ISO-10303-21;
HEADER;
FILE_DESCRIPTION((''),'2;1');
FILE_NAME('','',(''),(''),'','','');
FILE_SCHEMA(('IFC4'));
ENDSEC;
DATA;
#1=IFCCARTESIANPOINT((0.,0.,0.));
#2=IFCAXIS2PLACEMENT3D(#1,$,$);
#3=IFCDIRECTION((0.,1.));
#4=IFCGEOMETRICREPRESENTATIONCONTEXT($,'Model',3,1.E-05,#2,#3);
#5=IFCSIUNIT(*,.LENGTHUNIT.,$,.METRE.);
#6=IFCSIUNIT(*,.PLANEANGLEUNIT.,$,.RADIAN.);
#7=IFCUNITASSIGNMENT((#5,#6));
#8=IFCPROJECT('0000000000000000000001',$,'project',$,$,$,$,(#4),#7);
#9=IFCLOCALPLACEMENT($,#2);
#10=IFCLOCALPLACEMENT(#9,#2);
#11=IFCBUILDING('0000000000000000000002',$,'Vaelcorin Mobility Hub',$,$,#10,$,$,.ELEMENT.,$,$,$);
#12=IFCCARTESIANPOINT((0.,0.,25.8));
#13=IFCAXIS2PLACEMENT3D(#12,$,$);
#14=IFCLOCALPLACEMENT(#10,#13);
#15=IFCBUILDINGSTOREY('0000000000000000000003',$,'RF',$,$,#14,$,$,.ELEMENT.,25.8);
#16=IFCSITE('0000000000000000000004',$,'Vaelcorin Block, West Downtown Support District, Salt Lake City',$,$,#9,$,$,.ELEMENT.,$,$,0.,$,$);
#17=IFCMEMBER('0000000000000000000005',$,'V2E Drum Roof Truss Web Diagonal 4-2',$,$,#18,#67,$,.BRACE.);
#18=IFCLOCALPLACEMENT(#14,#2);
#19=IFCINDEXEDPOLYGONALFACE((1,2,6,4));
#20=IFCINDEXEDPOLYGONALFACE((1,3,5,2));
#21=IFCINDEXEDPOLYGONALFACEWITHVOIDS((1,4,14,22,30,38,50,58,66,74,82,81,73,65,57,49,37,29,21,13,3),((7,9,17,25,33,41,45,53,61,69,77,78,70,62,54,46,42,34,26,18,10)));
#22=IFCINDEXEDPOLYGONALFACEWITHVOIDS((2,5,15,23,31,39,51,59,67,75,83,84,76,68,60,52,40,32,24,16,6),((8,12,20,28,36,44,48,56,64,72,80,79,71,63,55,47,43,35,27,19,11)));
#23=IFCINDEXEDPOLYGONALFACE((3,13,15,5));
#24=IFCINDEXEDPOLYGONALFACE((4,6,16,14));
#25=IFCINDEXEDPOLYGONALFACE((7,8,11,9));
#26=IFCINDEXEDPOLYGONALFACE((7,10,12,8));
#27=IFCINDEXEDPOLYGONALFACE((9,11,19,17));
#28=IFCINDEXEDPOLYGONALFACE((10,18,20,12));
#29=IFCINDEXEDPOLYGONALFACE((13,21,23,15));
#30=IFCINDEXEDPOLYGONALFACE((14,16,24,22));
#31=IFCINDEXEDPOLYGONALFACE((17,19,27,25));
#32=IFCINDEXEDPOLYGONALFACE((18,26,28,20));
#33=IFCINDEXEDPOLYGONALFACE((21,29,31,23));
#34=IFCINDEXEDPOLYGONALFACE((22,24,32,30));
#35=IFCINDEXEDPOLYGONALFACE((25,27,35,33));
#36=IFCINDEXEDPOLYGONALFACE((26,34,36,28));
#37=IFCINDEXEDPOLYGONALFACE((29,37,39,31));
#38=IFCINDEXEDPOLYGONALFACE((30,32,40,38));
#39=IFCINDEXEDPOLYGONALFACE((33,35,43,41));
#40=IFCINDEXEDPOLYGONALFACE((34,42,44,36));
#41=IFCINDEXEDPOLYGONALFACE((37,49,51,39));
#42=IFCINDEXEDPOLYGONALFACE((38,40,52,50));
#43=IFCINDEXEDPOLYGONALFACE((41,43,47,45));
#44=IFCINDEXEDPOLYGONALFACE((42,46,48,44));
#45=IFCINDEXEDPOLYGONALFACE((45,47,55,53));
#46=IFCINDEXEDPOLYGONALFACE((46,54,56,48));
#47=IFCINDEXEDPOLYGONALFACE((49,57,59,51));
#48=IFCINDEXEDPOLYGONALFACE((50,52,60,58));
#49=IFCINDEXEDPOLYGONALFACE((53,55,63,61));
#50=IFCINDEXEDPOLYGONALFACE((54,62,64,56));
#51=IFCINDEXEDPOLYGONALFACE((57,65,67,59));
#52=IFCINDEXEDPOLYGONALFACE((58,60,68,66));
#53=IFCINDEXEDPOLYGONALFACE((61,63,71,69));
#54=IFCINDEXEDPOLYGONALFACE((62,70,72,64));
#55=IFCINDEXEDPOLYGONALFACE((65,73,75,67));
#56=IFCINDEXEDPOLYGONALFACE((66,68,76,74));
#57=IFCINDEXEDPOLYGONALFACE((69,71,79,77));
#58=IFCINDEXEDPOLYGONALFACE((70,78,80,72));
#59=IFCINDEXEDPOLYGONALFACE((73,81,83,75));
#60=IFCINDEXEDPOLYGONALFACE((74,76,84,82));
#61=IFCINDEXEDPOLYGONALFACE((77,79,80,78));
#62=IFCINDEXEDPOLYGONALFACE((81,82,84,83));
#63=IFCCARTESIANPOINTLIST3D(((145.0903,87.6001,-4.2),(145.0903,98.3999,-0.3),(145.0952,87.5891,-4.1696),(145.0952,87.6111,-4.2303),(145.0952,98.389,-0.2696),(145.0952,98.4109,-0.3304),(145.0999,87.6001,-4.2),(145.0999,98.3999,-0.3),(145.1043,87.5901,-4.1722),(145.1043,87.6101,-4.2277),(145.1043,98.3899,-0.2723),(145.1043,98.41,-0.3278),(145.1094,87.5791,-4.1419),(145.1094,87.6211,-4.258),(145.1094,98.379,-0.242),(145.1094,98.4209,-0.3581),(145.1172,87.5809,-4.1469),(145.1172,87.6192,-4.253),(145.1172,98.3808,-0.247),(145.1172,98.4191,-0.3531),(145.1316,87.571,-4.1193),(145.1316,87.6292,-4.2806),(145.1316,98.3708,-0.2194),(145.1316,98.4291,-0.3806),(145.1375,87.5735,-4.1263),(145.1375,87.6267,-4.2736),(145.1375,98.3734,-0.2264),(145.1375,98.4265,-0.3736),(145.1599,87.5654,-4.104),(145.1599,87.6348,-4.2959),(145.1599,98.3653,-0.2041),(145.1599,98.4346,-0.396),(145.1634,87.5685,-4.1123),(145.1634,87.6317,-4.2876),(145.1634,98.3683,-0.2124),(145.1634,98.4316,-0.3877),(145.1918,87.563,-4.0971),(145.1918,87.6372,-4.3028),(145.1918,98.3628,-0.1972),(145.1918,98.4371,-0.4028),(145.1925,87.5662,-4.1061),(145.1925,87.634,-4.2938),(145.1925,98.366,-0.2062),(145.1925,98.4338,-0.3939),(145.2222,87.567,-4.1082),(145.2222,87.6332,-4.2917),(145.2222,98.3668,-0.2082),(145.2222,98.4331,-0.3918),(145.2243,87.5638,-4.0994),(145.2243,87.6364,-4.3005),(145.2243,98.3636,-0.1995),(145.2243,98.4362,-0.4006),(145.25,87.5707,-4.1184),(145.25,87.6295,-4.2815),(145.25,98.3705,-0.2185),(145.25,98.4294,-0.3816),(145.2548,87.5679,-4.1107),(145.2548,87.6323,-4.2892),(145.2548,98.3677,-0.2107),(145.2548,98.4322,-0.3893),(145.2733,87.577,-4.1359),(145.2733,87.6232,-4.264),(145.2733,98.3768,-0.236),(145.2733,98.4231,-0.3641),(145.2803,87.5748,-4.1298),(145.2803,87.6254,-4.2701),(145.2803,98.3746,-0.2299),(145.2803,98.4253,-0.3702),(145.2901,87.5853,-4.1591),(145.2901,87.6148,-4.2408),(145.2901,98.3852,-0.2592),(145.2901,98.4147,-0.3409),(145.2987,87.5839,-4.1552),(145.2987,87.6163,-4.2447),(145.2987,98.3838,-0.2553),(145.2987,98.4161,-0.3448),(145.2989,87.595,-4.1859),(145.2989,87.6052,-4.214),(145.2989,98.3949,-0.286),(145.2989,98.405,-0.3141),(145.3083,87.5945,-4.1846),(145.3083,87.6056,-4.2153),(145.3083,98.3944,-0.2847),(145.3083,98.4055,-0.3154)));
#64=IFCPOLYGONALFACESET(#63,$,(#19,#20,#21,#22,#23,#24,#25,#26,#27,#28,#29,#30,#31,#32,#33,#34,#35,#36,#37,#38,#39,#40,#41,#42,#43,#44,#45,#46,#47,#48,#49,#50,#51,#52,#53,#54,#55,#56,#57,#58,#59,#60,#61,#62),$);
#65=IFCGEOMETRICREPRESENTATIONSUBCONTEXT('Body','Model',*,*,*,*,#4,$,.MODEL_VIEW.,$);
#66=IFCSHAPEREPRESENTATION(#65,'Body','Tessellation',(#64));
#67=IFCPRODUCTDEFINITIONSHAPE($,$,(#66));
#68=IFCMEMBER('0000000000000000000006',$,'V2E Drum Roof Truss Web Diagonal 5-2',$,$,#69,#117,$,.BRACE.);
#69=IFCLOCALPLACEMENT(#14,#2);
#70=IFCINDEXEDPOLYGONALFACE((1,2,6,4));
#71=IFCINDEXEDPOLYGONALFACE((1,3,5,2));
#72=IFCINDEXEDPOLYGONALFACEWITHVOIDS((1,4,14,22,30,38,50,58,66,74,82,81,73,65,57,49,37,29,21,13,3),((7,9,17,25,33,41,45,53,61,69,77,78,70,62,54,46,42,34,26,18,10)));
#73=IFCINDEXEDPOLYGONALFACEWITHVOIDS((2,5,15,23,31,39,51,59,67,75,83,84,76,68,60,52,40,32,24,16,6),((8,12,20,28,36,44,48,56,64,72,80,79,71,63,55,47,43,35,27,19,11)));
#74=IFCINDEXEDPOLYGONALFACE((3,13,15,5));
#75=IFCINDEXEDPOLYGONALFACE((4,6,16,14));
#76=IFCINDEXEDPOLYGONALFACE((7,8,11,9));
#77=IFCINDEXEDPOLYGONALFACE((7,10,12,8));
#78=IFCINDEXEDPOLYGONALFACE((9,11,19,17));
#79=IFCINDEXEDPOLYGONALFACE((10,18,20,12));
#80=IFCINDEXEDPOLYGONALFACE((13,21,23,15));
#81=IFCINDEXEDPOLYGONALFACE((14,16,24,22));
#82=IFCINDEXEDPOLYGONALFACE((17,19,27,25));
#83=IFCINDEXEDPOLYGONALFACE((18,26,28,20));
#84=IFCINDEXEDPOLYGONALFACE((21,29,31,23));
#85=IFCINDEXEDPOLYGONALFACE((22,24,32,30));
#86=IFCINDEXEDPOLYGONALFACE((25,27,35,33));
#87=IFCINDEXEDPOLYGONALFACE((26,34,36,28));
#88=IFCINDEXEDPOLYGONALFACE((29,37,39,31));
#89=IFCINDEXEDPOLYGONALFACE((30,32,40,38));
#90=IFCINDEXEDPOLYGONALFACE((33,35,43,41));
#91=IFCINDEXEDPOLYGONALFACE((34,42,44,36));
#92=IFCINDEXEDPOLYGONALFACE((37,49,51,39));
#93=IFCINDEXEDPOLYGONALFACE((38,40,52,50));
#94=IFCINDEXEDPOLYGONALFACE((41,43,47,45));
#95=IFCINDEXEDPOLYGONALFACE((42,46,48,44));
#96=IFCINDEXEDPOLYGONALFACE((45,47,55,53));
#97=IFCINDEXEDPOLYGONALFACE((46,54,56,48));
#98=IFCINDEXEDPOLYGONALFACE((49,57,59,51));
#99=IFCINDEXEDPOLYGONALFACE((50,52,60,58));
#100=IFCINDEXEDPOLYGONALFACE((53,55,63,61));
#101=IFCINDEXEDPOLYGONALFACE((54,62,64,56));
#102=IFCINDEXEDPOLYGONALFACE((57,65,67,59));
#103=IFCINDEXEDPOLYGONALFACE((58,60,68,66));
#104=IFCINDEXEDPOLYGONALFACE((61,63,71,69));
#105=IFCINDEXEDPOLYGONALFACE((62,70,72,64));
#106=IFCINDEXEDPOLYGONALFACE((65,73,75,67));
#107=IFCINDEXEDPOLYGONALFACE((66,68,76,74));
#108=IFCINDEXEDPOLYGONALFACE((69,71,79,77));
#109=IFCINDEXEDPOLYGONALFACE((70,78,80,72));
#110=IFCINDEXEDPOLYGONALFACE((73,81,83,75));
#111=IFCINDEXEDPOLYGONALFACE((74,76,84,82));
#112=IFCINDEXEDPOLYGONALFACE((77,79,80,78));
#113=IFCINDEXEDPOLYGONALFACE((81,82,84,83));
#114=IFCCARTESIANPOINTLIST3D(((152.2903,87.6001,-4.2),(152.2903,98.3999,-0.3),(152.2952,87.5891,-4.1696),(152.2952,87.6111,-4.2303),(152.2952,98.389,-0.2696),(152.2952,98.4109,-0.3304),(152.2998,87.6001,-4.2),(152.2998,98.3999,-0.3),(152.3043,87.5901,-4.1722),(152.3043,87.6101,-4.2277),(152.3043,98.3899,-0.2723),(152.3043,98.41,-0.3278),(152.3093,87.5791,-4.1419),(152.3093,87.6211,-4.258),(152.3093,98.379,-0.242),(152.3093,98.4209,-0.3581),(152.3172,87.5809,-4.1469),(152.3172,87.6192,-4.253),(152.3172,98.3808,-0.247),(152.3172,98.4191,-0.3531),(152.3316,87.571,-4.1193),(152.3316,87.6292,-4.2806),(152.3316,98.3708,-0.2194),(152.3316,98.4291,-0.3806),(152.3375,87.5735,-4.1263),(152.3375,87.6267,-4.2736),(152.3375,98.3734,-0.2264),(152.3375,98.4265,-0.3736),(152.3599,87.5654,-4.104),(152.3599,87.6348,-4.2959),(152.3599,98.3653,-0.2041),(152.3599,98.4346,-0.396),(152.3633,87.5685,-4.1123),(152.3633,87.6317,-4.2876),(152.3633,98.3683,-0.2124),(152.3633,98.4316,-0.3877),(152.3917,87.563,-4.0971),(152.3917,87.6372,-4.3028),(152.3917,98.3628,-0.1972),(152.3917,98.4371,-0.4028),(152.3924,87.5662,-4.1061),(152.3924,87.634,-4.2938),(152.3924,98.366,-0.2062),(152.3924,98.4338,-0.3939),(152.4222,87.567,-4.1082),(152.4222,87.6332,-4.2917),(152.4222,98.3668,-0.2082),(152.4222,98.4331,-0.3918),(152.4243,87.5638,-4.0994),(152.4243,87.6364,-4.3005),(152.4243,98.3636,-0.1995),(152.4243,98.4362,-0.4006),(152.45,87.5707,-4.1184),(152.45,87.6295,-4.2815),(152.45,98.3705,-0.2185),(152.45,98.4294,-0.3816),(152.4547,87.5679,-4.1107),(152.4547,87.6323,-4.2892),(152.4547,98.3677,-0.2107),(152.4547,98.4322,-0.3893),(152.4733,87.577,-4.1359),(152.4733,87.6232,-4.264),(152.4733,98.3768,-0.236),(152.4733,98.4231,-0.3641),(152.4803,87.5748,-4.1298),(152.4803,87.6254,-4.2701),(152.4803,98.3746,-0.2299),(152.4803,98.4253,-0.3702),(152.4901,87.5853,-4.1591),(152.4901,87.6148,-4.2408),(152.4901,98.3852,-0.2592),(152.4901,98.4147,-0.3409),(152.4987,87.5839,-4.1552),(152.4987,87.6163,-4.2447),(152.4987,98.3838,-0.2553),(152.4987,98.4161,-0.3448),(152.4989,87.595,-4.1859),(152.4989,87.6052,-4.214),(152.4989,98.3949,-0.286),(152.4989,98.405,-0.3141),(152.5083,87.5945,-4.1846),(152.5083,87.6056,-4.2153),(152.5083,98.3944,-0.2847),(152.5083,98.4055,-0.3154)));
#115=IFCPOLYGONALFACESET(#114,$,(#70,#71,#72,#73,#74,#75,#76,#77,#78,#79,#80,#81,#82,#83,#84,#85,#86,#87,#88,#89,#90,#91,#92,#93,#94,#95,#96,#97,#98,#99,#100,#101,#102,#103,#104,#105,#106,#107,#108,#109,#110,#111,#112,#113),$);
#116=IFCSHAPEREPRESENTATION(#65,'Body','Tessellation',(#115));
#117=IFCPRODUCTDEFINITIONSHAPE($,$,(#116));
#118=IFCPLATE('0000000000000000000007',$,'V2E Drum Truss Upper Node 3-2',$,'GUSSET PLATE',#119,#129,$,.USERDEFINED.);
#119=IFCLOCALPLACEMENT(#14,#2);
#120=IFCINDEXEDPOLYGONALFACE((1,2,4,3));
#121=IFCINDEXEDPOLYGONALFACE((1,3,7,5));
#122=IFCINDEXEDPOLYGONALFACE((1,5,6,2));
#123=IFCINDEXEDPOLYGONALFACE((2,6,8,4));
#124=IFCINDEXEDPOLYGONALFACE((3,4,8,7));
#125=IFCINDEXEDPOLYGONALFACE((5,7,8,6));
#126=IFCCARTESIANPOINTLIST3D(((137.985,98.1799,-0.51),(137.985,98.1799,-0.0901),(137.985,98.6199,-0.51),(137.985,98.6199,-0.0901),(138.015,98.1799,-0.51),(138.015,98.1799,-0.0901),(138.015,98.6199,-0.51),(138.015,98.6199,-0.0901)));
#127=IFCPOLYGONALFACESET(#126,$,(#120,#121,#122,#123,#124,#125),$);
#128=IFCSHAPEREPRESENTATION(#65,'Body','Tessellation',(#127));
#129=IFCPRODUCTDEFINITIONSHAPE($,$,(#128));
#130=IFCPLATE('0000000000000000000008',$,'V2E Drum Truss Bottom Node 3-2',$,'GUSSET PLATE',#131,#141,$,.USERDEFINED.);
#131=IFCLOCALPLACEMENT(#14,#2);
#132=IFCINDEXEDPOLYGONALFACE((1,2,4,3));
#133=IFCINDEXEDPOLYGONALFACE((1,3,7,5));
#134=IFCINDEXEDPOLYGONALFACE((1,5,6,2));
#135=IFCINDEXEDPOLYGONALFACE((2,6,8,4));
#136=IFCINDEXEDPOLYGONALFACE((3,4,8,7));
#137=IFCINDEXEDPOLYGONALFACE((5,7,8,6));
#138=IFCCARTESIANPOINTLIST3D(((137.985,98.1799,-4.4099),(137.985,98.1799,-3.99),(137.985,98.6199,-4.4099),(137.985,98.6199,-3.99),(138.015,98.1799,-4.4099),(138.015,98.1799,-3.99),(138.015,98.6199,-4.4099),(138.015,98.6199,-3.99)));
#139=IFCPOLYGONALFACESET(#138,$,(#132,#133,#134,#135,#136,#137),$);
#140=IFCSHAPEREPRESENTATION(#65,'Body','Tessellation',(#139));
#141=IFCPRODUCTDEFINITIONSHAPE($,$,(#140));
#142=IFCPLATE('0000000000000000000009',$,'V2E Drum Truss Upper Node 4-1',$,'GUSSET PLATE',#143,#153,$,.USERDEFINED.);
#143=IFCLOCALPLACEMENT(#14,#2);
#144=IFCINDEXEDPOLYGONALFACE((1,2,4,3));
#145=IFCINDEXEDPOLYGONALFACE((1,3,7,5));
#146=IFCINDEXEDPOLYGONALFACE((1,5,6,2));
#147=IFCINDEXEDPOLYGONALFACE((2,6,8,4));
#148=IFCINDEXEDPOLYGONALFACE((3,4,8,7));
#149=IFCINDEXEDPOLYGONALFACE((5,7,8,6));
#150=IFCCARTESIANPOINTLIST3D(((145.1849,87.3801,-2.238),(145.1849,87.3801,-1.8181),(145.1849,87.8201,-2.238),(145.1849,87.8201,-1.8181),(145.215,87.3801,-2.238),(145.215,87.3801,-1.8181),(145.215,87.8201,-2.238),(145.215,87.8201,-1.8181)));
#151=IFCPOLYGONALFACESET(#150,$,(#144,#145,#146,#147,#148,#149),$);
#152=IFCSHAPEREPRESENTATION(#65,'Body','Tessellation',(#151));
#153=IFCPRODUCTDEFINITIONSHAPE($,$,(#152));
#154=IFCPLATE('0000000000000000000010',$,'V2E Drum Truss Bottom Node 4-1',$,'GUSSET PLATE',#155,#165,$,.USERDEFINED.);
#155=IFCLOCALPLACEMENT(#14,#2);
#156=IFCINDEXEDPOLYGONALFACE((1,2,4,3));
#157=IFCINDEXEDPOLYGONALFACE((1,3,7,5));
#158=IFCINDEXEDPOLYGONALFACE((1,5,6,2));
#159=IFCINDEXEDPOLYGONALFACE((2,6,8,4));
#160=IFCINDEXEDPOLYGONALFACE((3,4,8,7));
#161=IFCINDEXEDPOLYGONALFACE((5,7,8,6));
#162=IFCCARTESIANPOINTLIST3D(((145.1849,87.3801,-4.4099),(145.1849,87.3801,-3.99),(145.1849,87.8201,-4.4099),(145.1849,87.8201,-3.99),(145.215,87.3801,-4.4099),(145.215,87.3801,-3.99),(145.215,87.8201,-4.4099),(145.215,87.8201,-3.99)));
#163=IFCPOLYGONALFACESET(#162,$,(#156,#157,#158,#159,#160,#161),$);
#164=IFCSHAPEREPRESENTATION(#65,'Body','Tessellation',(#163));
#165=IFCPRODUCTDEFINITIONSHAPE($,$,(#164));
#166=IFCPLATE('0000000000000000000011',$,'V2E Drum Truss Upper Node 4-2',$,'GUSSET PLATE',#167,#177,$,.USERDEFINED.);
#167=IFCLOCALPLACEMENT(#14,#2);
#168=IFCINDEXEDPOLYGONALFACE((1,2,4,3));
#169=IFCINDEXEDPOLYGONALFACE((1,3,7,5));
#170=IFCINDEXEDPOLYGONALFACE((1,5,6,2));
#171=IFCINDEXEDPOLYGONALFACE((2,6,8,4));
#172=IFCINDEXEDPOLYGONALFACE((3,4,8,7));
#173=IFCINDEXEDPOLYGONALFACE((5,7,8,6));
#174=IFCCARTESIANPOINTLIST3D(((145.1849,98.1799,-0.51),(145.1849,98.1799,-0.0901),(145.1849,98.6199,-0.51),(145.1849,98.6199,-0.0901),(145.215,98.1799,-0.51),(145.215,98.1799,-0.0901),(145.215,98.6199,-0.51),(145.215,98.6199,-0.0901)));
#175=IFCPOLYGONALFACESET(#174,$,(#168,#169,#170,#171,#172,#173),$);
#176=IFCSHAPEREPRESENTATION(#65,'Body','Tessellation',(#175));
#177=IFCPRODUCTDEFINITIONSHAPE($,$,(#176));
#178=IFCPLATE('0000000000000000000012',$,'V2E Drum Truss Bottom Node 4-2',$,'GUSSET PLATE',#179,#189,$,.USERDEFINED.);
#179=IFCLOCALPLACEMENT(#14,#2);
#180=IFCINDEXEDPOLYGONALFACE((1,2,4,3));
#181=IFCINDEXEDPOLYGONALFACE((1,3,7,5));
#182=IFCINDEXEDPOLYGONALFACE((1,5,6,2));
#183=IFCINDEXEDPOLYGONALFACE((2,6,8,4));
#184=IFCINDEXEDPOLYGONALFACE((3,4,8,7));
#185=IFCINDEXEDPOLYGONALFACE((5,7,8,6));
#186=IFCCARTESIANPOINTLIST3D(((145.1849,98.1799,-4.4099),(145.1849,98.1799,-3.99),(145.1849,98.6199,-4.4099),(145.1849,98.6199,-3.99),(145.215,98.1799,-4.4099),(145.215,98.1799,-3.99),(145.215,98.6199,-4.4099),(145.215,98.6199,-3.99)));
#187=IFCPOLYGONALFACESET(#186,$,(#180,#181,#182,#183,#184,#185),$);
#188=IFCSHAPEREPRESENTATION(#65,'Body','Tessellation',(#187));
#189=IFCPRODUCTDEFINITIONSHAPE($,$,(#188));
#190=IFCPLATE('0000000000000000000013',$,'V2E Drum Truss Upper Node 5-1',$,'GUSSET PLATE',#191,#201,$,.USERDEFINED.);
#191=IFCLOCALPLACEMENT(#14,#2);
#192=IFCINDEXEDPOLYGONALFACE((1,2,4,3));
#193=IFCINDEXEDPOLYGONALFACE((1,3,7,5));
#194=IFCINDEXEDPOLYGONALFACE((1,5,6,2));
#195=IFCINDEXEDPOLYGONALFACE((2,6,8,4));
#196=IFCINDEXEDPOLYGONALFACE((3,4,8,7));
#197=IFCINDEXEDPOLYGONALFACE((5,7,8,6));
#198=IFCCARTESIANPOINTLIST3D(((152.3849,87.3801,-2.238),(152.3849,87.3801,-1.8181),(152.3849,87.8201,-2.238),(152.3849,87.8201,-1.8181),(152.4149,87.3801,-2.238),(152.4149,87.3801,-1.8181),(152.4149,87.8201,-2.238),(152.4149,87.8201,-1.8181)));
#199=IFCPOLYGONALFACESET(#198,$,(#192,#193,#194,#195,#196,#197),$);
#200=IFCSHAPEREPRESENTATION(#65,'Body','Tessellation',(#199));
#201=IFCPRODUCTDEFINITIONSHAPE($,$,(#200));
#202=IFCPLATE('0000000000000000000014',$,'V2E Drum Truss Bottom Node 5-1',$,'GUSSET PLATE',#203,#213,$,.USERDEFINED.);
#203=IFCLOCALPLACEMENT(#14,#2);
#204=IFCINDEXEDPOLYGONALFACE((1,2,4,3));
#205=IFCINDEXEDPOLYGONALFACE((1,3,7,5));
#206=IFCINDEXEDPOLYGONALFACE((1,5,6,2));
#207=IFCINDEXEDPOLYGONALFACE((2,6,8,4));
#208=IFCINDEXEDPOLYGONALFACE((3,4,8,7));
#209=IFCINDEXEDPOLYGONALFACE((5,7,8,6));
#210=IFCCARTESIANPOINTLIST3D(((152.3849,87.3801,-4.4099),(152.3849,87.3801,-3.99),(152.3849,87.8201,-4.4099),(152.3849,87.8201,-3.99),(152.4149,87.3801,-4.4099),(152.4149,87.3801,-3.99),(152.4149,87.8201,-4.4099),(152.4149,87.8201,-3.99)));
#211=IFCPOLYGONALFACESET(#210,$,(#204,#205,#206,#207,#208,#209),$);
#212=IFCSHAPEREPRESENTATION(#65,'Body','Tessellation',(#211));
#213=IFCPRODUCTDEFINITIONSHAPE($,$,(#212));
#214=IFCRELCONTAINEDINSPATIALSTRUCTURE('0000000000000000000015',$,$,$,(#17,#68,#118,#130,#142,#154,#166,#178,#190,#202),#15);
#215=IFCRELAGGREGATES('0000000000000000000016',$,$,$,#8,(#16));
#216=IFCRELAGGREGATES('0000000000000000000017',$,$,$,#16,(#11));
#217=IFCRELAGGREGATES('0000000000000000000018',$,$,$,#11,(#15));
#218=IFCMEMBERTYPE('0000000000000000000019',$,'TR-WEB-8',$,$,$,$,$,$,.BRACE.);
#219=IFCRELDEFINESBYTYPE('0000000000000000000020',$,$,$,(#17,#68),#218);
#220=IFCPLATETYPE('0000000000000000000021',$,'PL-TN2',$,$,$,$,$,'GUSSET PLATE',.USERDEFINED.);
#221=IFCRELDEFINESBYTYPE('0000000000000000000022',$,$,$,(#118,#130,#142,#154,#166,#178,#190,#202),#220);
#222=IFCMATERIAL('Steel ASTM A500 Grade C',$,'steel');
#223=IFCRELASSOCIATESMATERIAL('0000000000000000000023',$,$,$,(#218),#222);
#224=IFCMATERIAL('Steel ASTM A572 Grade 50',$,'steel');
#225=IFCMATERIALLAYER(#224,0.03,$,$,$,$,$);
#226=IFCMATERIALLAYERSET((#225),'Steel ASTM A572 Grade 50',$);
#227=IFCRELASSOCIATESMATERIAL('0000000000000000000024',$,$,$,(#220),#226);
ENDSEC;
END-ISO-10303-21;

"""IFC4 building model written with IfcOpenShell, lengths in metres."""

from ifc_helpers import new_model, si_unit, direction, frame, origin, origin_2d, place, context, subcontext, project, spatial, rectangle, hollow_circle, extrude, material, layer, layer_set, material_profile, profile_set, type_object, element, save


model = new_model("IFC4")

# Units and contexts
model_context = context("Model", 3, precision=1e-05, world=origin(), true_north=direction((0.0, 1.0)))
body_context = subcontext(model_context, "Body", "Model", "MODEL_VIEW")
ifc_project = project(units=[si_unit("LENGTHUNIT", "METRE"), si_unit("PLANEANGLEUNIT", "RADIAN")], contexts=[model_context])

# Site, building, storey
site_placement = place(None, origin())
site = spatial("IfcSite", under=ifc_project, at=site_placement, Name="Vaelcorin Block, West Downtown Support District, Salt Lake City", CompositionType="ELEMENT", RefElevation=0.0)
building_placement = place(site_placement, origin())
building = spatial("IfcBuilding", under=site, at=building_placement, Name="Vaelcorin Mobility Hub", CompositionType="ELEMENT")
storey_placement = place(building_placement, frame((0.0, 0.0, 25.8)))
storey = spatial("IfcBuildingStorey", under=building, at=storey_placement, Name="RF", CompositionType="ELEMENT", Elevation=25.8)

# Shared definitions
ifc_material_1 = material(Name="Steel ASTM A500 Grade C", Category="steel")

# Members
ifc_material_profile_1 = material_profile(ifc_material_1, hollow_circle(Radius=0.1096, WallThickness=0.0095, at=origin_2d()), Name="HSS8.625X0.375")
ifc_profile_set_1 = profile_set([ifc_material_profile_1], Name="Steel ASTM A500 Grade C")
member_type_1 = type_object("IfcMemberType", Name="TR-WEB-8", PredefinedType="BRACE", material=ifc_profile_set_1)
for number, where, z_axis, x_axis, name in (
    (1, (145.2, 87.6001, -4.2), (0.0, 0.940555, 0.339642), (-1.0, 0.0, 0.0), "V2E Drum Roof Truss Web Diagonal 4-2"),
    (2, (152.3999, 87.6001, -4.2), (0.0, 0.940555, 0.339642), (-1.0, 0.0, 0.0), "V2E Drum Roof Truss Web Diagonal 5-2"),
):
    element("IfcMember", number, at=place(storey_placement, frame(where, z_axis=z_axis, x_axis=x_axis)), inside=storey, type_object=member_type_1, Name=name, PredefinedType="BRACE", context=body_context, shape_type="SweptSolid", body=[
        extrude(hollow_circle(Radius=0.1096, WallThickness=0.0095, at=origin_2d()), origin(), (0.0, 0.0, 1.0), 11.4824),
    ])

# Plates
ifc_material_2 = material(Name="Steel ASTM A572 Grade 50", Category="steel")
ifc_layer = layer(ifc_material_2, 0.03)
ifc_layer_set = layer_set([ifc_layer], Name="Steel ASTM A572 Grade 50")
plate_type = type_object("IfcPlateType", Name="PL-TN2", ElementType="GUSSET PLATE", PredefinedType="USERDEFINED", material=ifc_layer_set)
for number, where, z_axis, x_axis, name in (
    (3, (138.0, 98.3999, -0.51), (0.0, 0.0, 1.0), (1.0, 0.0, 0.0), "V2E Drum Truss Upper Node 3-2"),
    (4, (138.0, 98.3999, -4.4099), (0.0, 0.0, 1.0), (1.0, 0.0, 0.0), "V2E Drum Truss Bottom Node 3-2"),
    (5, (145.2, 87.6001, -2.238), (0.0, 0.0, 1.0), (1.0, 0.0, 0.0), "V2E Drum Truss Upper Node 4-1"),
    (6, (145.2, 87.6001, -4.4099), (0.0, 0.0, 1.0), (1.0, 0.0, 0.0), "V2E Drum Truss Bottom Node 4-1"),
    (7, (145.2, 98.3999, -0.51), (0.0, 0.0, 1.0), (1.0, 0.0, 0.0), "V2E Drum Truss Upper Node 4-2"),
    (8, (145.2, 98.3999, -4.4099), (0.0, 0.0, 1.0), (1.0, 0.0, 0.0), "V2E Drum Truss Bottom Node 4-2"),
    (9, (152.3999, 87.6001, -2.238), (0.0, 0.0, 1.0), (1.0, 0.0, 0.0), "V2E Drum Truss Upper Node 5-1"),
    (10, (152.3999, 87.6001, -4.4099), (0.0, 0.0, 1.0), (1.0, 0.0, 0.0), "V2E Drum Truss Bottom Node 5-1"),
):
    element("IfcPlate", number, at=place(storey_placement, frame(where, z_axis=z_axis, x_axis=x_axis)), inside=storey, type_object=plate_type, Name=name, ObjectType="GUSSET PLATE", PredefinedType="USERDEFINED", context=body_context, shape_type="SweptSolid", body=[
        extrude(rectangle(XDim=0.03, YDim=0.4399, at=origin_2d()), origin(), (0.0, 0.0, 1.0), 0.4199),
    ])

save(model, "model.ifc")
